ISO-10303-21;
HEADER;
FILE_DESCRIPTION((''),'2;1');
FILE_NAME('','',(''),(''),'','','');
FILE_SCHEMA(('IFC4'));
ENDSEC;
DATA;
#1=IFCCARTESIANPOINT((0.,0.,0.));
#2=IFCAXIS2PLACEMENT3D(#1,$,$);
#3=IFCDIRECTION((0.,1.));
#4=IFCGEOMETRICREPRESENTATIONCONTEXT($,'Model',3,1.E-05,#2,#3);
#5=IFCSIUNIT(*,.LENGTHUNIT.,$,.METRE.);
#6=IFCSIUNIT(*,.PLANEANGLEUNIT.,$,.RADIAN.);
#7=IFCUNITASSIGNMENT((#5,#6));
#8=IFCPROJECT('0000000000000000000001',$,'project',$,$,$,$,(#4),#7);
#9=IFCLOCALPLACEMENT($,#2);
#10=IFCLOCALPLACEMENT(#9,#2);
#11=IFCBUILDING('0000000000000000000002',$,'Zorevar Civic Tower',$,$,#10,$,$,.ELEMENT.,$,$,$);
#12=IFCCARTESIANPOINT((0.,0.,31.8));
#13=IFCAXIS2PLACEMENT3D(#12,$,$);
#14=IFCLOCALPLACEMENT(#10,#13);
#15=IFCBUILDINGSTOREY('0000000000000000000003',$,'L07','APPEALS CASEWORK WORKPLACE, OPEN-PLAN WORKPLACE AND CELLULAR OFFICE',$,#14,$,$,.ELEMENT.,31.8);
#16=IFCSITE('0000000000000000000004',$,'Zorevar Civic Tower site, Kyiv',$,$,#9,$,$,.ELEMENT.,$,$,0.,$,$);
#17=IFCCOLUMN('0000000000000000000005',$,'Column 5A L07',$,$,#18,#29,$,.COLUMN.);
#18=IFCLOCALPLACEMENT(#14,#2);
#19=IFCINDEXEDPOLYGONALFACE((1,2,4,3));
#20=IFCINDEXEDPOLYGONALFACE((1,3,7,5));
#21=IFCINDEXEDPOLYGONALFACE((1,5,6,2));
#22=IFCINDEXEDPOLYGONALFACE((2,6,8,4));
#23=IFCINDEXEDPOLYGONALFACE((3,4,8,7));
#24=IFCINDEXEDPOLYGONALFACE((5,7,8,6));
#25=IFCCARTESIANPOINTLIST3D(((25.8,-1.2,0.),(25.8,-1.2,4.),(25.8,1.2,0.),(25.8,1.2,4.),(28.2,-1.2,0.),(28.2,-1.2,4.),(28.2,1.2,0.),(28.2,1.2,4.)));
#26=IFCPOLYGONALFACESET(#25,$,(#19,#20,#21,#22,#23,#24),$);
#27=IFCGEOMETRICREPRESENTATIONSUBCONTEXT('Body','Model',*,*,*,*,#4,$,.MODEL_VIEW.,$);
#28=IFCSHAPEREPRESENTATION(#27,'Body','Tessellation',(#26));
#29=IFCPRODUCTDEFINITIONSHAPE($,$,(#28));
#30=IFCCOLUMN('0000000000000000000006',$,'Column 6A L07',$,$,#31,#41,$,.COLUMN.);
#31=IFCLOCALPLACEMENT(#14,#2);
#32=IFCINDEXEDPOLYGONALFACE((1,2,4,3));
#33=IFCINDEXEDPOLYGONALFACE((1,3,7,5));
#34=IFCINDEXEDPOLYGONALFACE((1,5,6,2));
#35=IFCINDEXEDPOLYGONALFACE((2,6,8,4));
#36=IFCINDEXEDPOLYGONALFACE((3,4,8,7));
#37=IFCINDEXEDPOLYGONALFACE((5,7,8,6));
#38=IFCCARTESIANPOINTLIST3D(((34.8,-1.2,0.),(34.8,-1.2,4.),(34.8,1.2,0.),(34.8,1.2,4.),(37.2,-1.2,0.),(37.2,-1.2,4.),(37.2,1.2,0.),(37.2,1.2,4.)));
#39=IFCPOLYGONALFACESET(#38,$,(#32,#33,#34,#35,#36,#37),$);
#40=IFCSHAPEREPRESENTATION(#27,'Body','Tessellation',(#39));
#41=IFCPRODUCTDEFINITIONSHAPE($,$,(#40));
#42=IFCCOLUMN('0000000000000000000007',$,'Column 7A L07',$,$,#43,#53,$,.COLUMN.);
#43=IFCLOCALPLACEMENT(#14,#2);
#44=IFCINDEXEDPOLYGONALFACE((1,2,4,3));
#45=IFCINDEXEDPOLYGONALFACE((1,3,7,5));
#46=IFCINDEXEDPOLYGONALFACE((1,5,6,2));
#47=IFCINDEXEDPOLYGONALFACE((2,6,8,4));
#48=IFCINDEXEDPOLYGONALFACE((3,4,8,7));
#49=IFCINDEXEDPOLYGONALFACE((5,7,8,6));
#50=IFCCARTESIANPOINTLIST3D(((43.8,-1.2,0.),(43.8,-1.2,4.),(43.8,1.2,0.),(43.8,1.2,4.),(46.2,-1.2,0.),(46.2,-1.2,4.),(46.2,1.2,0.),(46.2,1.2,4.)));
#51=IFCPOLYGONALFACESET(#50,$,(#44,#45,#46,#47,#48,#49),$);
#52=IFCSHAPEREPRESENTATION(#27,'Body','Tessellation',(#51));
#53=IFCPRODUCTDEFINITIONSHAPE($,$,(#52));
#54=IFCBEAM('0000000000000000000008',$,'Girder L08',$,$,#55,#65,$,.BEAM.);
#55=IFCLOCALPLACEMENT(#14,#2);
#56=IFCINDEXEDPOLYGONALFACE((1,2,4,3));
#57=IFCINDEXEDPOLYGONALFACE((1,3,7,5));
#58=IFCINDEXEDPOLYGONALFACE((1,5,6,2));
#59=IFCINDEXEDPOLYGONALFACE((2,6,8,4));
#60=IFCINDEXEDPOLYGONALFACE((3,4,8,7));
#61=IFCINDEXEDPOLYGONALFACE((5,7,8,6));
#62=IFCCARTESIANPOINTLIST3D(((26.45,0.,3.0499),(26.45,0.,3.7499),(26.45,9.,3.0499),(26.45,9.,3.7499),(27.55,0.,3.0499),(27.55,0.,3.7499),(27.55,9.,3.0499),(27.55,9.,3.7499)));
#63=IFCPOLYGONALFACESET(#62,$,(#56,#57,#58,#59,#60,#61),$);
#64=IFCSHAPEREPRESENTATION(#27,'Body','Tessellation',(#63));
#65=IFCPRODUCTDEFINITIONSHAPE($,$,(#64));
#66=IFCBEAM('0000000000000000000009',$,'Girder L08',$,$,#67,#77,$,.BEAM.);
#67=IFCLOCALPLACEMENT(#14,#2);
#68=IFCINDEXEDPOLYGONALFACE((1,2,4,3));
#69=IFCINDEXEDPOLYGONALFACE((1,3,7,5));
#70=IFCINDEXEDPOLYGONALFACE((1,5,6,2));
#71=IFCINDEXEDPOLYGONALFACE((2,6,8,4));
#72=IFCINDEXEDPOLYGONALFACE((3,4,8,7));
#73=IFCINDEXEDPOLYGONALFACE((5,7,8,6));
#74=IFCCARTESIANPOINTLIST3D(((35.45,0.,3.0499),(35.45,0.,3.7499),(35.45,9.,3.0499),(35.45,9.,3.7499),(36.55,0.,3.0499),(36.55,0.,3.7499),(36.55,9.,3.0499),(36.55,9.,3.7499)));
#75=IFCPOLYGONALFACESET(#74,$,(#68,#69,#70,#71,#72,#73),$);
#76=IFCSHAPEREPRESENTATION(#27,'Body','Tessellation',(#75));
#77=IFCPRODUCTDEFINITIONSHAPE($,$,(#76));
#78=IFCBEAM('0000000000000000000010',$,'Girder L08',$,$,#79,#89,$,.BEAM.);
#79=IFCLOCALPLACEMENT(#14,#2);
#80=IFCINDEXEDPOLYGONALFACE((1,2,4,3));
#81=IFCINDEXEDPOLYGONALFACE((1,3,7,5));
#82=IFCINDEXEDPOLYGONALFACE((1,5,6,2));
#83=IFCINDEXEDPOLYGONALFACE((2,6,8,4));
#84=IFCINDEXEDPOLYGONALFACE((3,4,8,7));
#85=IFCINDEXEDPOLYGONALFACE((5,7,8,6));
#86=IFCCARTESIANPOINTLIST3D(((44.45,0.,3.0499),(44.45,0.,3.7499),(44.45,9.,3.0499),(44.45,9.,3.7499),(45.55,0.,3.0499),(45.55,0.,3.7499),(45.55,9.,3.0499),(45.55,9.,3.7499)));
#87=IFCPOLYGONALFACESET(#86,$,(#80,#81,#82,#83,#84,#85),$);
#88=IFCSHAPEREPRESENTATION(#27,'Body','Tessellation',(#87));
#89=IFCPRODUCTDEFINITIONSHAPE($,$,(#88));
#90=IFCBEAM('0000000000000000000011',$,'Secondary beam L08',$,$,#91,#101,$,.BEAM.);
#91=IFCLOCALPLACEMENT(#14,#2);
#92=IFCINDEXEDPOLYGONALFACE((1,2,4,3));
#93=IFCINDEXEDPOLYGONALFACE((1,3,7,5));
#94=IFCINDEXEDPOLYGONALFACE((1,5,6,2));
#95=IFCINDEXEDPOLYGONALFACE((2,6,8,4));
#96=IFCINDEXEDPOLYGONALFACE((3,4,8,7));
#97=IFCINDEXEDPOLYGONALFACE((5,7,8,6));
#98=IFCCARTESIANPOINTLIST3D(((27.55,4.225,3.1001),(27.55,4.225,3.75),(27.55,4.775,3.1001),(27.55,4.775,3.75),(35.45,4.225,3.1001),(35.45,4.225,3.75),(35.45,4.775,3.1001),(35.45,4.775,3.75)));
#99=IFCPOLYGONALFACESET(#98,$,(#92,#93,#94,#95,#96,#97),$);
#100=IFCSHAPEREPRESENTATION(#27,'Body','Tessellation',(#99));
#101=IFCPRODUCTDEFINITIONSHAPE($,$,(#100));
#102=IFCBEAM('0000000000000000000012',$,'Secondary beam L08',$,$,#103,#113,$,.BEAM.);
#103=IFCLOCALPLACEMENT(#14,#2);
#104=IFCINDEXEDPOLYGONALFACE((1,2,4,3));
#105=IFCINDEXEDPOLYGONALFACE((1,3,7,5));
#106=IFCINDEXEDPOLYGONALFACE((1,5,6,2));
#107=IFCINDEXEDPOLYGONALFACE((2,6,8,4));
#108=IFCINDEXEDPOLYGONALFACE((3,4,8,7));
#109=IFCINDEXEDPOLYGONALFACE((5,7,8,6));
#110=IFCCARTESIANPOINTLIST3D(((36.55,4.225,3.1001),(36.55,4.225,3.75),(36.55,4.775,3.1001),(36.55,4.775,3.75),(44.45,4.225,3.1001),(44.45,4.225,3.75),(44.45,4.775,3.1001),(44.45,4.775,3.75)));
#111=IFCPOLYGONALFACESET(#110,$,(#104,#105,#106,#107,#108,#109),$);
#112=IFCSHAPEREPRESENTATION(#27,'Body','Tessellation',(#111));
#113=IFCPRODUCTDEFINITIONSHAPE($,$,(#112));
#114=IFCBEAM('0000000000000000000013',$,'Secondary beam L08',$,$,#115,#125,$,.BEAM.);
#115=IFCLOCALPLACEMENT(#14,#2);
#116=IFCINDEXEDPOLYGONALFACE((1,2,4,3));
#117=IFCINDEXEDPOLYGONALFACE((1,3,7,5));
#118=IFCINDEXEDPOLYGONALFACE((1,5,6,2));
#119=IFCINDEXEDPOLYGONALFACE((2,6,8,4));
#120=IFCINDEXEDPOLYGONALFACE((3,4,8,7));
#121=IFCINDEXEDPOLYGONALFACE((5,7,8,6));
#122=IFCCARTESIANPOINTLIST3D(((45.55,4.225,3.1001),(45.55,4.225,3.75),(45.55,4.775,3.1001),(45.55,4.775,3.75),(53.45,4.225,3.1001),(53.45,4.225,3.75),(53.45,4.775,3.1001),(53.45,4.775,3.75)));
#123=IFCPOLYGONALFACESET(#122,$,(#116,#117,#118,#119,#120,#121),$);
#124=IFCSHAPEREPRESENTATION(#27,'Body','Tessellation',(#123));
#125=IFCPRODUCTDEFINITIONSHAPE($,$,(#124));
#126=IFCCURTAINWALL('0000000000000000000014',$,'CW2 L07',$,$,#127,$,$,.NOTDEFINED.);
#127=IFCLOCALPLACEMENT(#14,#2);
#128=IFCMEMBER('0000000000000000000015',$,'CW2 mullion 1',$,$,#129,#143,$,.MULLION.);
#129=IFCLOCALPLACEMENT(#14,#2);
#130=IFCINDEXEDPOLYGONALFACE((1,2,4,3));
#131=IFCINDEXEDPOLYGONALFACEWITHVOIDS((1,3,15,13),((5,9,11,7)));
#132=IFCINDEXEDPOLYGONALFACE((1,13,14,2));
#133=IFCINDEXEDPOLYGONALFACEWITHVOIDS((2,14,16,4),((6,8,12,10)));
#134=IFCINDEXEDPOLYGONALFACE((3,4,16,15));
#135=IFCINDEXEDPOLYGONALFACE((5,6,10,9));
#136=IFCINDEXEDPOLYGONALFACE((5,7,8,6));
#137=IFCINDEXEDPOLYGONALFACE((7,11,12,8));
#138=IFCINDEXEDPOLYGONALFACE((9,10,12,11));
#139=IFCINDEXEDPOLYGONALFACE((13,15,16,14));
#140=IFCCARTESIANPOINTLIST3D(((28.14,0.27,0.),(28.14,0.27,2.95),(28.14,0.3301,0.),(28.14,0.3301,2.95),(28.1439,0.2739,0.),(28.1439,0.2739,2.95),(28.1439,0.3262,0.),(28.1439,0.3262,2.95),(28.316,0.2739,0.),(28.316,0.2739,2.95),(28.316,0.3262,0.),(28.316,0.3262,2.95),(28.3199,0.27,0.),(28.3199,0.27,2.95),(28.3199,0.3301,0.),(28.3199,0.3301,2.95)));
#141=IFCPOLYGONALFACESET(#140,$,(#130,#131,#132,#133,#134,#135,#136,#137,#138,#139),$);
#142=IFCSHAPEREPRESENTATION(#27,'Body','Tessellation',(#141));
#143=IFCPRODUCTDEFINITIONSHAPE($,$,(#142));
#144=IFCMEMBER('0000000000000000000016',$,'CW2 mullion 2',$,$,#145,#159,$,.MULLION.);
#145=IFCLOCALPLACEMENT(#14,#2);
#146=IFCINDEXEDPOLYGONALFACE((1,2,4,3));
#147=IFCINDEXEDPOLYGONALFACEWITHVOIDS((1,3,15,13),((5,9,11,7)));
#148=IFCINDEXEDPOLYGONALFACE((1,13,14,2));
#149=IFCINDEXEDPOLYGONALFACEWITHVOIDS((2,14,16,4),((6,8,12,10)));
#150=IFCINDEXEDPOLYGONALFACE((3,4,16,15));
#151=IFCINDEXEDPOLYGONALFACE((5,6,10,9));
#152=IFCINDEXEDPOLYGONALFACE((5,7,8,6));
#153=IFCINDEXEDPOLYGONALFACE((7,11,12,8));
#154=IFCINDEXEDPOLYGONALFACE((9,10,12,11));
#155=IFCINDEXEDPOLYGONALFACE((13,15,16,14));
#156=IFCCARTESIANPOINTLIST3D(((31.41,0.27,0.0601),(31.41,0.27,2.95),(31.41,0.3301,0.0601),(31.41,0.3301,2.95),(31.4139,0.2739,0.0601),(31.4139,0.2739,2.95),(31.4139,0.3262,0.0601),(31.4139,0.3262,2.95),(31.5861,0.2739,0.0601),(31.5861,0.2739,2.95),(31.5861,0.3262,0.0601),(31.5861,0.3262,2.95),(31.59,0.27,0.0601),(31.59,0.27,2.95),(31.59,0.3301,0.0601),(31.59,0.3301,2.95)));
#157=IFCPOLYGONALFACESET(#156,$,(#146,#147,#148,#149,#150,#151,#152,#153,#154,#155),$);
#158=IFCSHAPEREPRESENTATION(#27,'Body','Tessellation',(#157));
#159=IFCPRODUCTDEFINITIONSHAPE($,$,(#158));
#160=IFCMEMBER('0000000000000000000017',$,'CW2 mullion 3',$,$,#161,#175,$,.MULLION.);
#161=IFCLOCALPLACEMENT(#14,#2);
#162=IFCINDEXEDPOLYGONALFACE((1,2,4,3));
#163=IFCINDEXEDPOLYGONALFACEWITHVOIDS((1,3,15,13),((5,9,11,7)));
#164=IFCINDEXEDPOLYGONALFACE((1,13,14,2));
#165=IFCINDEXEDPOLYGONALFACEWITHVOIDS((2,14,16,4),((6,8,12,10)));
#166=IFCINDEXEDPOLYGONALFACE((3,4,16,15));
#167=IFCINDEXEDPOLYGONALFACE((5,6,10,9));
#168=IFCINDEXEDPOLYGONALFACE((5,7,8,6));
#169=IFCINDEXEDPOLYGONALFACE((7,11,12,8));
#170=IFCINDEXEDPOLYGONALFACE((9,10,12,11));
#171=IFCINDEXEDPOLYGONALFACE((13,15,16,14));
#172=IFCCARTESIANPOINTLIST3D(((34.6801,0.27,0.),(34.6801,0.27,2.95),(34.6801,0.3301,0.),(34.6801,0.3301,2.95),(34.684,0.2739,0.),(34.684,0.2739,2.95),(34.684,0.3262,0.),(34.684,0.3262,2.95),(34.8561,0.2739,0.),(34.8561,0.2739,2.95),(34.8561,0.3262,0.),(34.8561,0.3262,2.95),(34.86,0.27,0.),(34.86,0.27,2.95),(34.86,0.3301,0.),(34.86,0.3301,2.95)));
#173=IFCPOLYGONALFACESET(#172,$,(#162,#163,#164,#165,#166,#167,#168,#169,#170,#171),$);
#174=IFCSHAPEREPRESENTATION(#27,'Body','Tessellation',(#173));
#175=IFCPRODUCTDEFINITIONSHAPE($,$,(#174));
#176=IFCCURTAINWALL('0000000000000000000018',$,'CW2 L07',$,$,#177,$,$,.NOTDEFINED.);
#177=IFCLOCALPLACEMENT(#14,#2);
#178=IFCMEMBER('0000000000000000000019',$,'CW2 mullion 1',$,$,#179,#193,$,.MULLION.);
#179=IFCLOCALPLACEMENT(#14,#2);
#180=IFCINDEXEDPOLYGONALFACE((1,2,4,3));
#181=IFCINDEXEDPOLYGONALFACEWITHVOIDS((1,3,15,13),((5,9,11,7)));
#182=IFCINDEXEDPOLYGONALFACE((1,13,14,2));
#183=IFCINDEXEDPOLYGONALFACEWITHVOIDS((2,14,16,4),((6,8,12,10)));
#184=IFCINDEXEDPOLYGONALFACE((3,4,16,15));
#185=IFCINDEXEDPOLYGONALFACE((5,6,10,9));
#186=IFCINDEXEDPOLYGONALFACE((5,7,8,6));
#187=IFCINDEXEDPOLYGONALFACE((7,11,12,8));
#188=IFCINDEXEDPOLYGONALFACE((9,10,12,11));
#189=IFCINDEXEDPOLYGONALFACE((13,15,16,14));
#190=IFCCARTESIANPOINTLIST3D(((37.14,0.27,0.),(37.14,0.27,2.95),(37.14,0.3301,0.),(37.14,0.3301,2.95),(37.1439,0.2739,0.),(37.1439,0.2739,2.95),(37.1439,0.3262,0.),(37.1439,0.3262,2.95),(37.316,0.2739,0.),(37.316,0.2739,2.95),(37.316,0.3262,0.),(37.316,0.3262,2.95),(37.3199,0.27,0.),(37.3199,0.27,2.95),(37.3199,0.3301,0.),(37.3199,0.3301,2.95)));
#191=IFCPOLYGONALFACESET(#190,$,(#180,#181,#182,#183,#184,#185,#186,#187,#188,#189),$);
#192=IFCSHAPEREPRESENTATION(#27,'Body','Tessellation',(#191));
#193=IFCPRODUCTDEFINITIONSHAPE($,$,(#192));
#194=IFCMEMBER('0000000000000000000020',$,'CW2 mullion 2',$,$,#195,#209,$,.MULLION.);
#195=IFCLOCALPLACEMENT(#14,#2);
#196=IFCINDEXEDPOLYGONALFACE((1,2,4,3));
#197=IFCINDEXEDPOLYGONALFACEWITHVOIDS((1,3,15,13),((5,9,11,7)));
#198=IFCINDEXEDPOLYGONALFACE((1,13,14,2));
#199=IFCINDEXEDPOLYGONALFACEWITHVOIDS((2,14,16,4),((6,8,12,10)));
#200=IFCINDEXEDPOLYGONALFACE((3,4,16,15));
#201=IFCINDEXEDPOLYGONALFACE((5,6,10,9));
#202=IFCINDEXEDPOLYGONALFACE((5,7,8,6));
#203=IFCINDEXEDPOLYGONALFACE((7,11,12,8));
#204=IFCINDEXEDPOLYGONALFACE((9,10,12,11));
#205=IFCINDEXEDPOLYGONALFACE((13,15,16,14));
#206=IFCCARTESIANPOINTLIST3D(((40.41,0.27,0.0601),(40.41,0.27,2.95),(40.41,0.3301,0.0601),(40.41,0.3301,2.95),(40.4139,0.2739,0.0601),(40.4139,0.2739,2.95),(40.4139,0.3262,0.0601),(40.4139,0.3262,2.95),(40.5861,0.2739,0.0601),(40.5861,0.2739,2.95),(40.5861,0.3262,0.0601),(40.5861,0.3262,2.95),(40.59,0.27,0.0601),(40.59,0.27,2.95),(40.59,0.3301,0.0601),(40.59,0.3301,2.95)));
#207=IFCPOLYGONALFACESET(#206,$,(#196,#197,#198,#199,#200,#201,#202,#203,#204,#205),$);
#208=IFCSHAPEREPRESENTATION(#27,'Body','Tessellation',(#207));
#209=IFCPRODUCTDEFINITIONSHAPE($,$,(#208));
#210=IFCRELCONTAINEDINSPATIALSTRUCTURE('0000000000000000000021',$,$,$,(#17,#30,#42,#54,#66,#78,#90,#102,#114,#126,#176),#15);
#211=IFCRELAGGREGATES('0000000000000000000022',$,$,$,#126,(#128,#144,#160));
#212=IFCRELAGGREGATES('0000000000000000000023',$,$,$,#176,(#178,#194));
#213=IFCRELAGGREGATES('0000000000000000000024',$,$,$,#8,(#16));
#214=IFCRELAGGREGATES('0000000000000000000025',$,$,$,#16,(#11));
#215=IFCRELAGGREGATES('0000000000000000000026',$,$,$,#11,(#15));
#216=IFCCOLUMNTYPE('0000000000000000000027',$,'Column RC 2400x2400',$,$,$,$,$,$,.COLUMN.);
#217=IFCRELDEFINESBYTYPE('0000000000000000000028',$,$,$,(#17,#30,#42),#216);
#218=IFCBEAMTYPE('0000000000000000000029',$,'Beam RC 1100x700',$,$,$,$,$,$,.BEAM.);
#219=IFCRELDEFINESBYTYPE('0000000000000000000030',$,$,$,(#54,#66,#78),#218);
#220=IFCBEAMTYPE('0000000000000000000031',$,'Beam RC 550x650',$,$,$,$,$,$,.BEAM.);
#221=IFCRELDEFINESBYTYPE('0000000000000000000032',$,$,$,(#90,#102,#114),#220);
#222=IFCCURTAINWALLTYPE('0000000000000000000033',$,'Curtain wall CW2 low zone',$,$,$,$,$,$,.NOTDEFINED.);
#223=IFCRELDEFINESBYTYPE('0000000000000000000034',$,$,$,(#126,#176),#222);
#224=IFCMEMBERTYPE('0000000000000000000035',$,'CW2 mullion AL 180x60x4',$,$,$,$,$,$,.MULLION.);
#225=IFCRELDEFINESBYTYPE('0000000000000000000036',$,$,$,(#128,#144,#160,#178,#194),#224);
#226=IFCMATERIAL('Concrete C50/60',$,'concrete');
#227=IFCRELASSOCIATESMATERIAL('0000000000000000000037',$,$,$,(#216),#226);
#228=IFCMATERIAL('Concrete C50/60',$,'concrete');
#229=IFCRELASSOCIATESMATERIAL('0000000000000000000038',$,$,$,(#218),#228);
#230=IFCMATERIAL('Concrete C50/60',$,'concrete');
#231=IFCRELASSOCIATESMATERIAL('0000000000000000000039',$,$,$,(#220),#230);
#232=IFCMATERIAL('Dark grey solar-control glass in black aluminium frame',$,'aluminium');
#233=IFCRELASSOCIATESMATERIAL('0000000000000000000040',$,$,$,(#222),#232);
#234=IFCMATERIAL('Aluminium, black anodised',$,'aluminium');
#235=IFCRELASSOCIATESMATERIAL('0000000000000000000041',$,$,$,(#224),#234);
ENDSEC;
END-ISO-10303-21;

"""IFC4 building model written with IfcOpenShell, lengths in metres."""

from ifc_helpers import new_model, si_unit, direction, frame, origin, origin_2d, place, context, subcontext, project, spatial, rectangle, hollow_rectangle, extrude, material, material_profile, profile_set, type_object, element, aggregate, save


model = new_model("IFC4")

# Units and contexts
model_context = context("Model", 3, precision=1e-05, world=origin(), true_north=direction((0.0, 1.0)))
body_context = subcontext(model_context, "Body", "Model", "MODEL_VIEW")
ifc_project = project(units=[si_unit("LENGTHUNIT", "METRE"), si_unit("PLANEANGLEUNIT", "RADIAN")], contexts=[model_context])

# Site, building, storey
site_placement = place(None, origin())
site = spatial("IfcSite", under=ifc_project, at=site_placement, Name="Zorevar Civic Tower site, Kyiv", CompositionType="ELEMENT", RefElevation=0.0)
building_placement = place(site_placement, origin())
building = spatial("IfcBuilding", under=site, at=building_placement, Name="Zorevar Civic Tower", CompositionType="ELEMENT")
storey_placement = place(building_placement, frame((0.0, 0.0, 31.8)))
storey = spatial("IfcBuildingStorey", under=building, at=storey_placement, Name="L07", Description="APPEALS CASEWORK WORKPLACE, OPEN-PLAN WORKPLACE AND CELLULAR OFFICE", CompositionType="ELEMENT", Elevation=31.8)

# Columns
ifc_material_1 = material(Name="Concrete C50/60", Category="concrete")
ifc_material_profile_1 = material_profile(ifc_material_1, rectangle(XDim=2.3999, YDim=2.3999, at=origin_2d()), Name="RC 2400x2400")
ifc_profile_set_1 = profile_set([ifc_material_profile_1], Name="Concrete C50/60")
column_type = type_object("IfcColumnType", Name="Column RC 2400x2400", PredefinedType="COLUMN", material=ifc_profile_set_1)
for number, where, z_axis, x_axis, name in (
    (1, (27.0, 0.0, 0.0), (0.0, 0.0, 1.0), (1.0, 0.0, 0.0), "Column 5A L07"),
    (2, (36.0, 0.0, 0.0), (0.0, 0.0, 1.0), (1.0, 0.0, 0.0), "Column 6A L07"),
    (3, (45.0, 0.0, 0.0), (0.0, 0.0, 1.0), (1.0, 0.0, 0.0), "Column 7A L07"),
):
    element("IfcColumn", number, at=place(storey_placement, frame(where, z_axis=z_axis, x_axis=x_axis)), inside=storey, type_object=column_type, Name=name, PredefinedType="COLUMN", context=body_context, shape_type="SweptSolid", body=[
        extrude(rectangle(XDim=2.3999, YDim=2.3999, at=origin_2d()), origin(), (0.0, 0.0, 1.0), 4.0),
    ])

# Beams
ifc_material_2 = material(Name="Concrete C50/60", Category="concrete")
ifc_material_profile_2 = material_profile(ifc_material_2, rectangle(XDim=1.1001, YDim=0.7, at=origin_2d()), Name="RC 1100x700")
ifc_profile_set_2 = profile_set([ifc_material_profile_2], Name="Concrete C50/60")
beam_type_1 = type_object("IfcBeamType", Name="Beam RC 1100x700", PredefinedType="BEAM", material=ifc_profile_set_2)
for number, where, z_axis, x_axis, name in (
    (4, (27.0, 0.0, 3.3999), (0.0, 1.0, 0.0), (-1.0, 0.0, 0.0), "Girder L08"),
    (5, (36.0, 0.0, 3.3999), (0.0, 1.0, 0.0), (-1.0, 0.0, 0.0), "Girder L08"),
    (6, (45.0, 0.0, 3.3999), (0.0, 1.0, 0.0), (-1.0, 0.0, 0.0), "Girder L08"),
):
    element("IfcBeam", number, at=place(storey_placement, frame(where, z_axis=z_axis, x_axis=x_axis)), inside=storey, type_object=beam_type_1, Name=name, PredefinedType="BEAM", context=body_context, shape_type="SweptSolid", body=[
        extrude(rectangle(XDim=1.1001, YDim=0.7, at=origin_2d()), origin(), (0.0, 0.0, 1.0), 9.0),
    ])
ifc_material_3 = material(Name="Concrete C50/60", Category="concrete")
ifc_material_profile_3 = material_profile(ifc_material_3, rectangle(XDim=0.55, YDim=0.6499, at=origin_2d()), Name="RC 550x650")
ifc_profile_set_3 = profile_set([ifc_material_profile_3], Name="Concrete C50/60")
beam_type_2 = type_object("IfcBeamType", Name="Beam RC 550x650", PredefinedType="BEAM", material=ifc_profile_set_3)
for number, where, z_axis, x_axis, name in (
    (7, (27.55, 4.5, 3.425), (1.0, 0.0, 0.0), (0.0, 1.0, 0.0), "Secondary beam L08"),
    (8, (36.55, 4.5, 3.425), (1.0, 0.0, 0.0), (0.0, 1.0, 0.0), "Secondary beam L08"),
    (9, (45.55, 4.5, 3.425), (1.0, 0.0, 0.0), (0.0, 1.0, 0.0), "Secondary beam L08"),
):
    element("IfcBeam", number, at=place(storey_placement, frame(where, z_axis=z_axis, x_axis=x_axis)), inside=storey, type_object=beam_type_2, Name=name, PredefinedType="BEAM", context=body_context, shape_type="SweptSolid", body=[
        extrude(rectangle(XDim=0.55, YDim=0.6499, at=origin_2d()), origin(), (0.0, 0.0, 1.0), 7.8999),
    ])

# Curtain walls, members
ifc_material_4 = material(Name="Dark grey solar-control glass in black aluminium frame", Category="aluminium")
curtain_wall_type = type_object("IfcCurtainWallType", Name="Curtain wall CW2 low zone", PredefinedType="NOTDEFINED", material=ifc_material_4)
curtain_wall_1_placement = place(storey_placement, origin())
curtain_wall_1 = element("IfcCurtainWall", 10, at=curtain_wall_1_placement, inside=storey, type_object=curtain_wall_type, Name="CW2 L07", PredefinedType="NOTDEFINED")
ifc_material_5 = material(Name="Aluminium, black anodised", Category="aluminium")
ifc_material_profile_4 = material_profile(ifc_material_5, hollow_rectangle(XDim=0.0601, YDim=0.1799, WallThickness=0.0039, at=origin_2d()), Name="AL 180x60x4")
ifc_profile_set_4 = profile_set([ifc_material_profile_4], Name="Aluminium, black anodised")
member_type_1 = type_object("IfcMemberType", Name="CW2 mullion AL 180x60x4", PredefinedType="MULLION", material=ifc_profile_set_4)
member_1_placement = place(storey_placement, frame((28.23, 0.3, 0.0), z_axis=(0.0, 0.0, 1.0), x_axis=(0.0, 1.0, 0.0)))
member_1 = element("IfcMember", 11, at=member_1_placement, type_object=member_type_1, Name="CW2 mullion 1", PredefinedType="MULLION", context=body_context, shape_type="SweptSolid", body=[
    extrude(hollow_rectangle(XDim=0.0601, YDim=0.1799, WallThickness=0.0039, at=origin_2d()), origin(), (0.0, 0.0, 1.0), 2.95),
])
member_2_placement = place(storey_placement, frame((31.5, 0.3, 0.0601), z_axis=(0.0, 0.0, 1.0), x_axis=(0.0, 1.0, 0.0)))
member_2 = element("IfcMember", 12, at=member_2_placement, type_object=member_type_1, Name="CW2 mullion 2", PredefinedType="MULLION", context=body_context, shape_type="SweptSolid", body=[
    extrude(hollow_rectangle(XDim=0.0601, YDim=0.1799, WallThickness=0.0039, at=origin_2d()), origin(), (0.0, 0.0, 1.0), 2.8899),
])
member_3_placement = place(storey_placement, frame((34.77, 0.3, 0.0), z_axis=(0.0, 0.0, 1.0), x_axis=(0.0, 1.0, 0.0)))
member_3 = element("IfcMember", 13, at=member_3_placement, type_object=member_type_1, Name="CW2 mullion 3", PredefinedType="MULLION", context=body_context, shape_type="SweptSolid", body=[
    extrude(hollow_rectangle(XDim=0.0601, YDim=0.1799, WallThickness=0.0039, at=origin_2d()), origin(), (0.0, 0.0, 1.0), 2.95),
])
curtain_wall_2_placement = place(storey_placement, origin())
curtain_wall_2 = element("IfcCurtainWall", 14, at=curtain_wall_2_placement, inside=storey, type_object=curtain_wall_type, Name="CW2 L07", PredefinedType="NOTDEFINED")
member_4_placement = place(storey_placement, frame((37.23, 0.3, 0.0), z_axis=(0.0, 0.0, 1.0), x_axis=(0.0, 1.0, 0.0)))
member_4 = element("IfcMember", 15, at=member_4_placement, type_object=member_type_1, Name="CW2 mullion 1", PredefinedType="MULLION", context=body_context, shape_type="SweptSolid", body=[
    extrude(hollow_rectangle(XDim=0.0601, YDim=0.1799, WallThickness=0.0039, at=origin_2d()), origin(), (0.0, 0.0, 1.0), 2.95),
])
member_5_placement = place(storey_placement, frame((40.5, 0.3, 0.0601), z_axis=(0.0, 0.0, 1.0), x_axis=(0.0, 1.0, 0.0)))
member_5 = element("IfcMember", 16, at=member_5_placement, type_object=member_type_1, Name="CW2 mullion 2", PredefinedType="MULLION", context=body_context, shape_type="SweptSolid", body=[
    extrude(hollow_rectangle(XDim=0.0601, YDim=0.1799, WallThickness=0.0039, at=origin_2d()), origin(), (0.0, 0.0, 1.0), 2.8899),
])

aggregate(curtain_wall_1, [member_1, member_2, member_3])
aggregate(curtain_wall_2, [member_4, member_5])

save(model, "model.ifc")
